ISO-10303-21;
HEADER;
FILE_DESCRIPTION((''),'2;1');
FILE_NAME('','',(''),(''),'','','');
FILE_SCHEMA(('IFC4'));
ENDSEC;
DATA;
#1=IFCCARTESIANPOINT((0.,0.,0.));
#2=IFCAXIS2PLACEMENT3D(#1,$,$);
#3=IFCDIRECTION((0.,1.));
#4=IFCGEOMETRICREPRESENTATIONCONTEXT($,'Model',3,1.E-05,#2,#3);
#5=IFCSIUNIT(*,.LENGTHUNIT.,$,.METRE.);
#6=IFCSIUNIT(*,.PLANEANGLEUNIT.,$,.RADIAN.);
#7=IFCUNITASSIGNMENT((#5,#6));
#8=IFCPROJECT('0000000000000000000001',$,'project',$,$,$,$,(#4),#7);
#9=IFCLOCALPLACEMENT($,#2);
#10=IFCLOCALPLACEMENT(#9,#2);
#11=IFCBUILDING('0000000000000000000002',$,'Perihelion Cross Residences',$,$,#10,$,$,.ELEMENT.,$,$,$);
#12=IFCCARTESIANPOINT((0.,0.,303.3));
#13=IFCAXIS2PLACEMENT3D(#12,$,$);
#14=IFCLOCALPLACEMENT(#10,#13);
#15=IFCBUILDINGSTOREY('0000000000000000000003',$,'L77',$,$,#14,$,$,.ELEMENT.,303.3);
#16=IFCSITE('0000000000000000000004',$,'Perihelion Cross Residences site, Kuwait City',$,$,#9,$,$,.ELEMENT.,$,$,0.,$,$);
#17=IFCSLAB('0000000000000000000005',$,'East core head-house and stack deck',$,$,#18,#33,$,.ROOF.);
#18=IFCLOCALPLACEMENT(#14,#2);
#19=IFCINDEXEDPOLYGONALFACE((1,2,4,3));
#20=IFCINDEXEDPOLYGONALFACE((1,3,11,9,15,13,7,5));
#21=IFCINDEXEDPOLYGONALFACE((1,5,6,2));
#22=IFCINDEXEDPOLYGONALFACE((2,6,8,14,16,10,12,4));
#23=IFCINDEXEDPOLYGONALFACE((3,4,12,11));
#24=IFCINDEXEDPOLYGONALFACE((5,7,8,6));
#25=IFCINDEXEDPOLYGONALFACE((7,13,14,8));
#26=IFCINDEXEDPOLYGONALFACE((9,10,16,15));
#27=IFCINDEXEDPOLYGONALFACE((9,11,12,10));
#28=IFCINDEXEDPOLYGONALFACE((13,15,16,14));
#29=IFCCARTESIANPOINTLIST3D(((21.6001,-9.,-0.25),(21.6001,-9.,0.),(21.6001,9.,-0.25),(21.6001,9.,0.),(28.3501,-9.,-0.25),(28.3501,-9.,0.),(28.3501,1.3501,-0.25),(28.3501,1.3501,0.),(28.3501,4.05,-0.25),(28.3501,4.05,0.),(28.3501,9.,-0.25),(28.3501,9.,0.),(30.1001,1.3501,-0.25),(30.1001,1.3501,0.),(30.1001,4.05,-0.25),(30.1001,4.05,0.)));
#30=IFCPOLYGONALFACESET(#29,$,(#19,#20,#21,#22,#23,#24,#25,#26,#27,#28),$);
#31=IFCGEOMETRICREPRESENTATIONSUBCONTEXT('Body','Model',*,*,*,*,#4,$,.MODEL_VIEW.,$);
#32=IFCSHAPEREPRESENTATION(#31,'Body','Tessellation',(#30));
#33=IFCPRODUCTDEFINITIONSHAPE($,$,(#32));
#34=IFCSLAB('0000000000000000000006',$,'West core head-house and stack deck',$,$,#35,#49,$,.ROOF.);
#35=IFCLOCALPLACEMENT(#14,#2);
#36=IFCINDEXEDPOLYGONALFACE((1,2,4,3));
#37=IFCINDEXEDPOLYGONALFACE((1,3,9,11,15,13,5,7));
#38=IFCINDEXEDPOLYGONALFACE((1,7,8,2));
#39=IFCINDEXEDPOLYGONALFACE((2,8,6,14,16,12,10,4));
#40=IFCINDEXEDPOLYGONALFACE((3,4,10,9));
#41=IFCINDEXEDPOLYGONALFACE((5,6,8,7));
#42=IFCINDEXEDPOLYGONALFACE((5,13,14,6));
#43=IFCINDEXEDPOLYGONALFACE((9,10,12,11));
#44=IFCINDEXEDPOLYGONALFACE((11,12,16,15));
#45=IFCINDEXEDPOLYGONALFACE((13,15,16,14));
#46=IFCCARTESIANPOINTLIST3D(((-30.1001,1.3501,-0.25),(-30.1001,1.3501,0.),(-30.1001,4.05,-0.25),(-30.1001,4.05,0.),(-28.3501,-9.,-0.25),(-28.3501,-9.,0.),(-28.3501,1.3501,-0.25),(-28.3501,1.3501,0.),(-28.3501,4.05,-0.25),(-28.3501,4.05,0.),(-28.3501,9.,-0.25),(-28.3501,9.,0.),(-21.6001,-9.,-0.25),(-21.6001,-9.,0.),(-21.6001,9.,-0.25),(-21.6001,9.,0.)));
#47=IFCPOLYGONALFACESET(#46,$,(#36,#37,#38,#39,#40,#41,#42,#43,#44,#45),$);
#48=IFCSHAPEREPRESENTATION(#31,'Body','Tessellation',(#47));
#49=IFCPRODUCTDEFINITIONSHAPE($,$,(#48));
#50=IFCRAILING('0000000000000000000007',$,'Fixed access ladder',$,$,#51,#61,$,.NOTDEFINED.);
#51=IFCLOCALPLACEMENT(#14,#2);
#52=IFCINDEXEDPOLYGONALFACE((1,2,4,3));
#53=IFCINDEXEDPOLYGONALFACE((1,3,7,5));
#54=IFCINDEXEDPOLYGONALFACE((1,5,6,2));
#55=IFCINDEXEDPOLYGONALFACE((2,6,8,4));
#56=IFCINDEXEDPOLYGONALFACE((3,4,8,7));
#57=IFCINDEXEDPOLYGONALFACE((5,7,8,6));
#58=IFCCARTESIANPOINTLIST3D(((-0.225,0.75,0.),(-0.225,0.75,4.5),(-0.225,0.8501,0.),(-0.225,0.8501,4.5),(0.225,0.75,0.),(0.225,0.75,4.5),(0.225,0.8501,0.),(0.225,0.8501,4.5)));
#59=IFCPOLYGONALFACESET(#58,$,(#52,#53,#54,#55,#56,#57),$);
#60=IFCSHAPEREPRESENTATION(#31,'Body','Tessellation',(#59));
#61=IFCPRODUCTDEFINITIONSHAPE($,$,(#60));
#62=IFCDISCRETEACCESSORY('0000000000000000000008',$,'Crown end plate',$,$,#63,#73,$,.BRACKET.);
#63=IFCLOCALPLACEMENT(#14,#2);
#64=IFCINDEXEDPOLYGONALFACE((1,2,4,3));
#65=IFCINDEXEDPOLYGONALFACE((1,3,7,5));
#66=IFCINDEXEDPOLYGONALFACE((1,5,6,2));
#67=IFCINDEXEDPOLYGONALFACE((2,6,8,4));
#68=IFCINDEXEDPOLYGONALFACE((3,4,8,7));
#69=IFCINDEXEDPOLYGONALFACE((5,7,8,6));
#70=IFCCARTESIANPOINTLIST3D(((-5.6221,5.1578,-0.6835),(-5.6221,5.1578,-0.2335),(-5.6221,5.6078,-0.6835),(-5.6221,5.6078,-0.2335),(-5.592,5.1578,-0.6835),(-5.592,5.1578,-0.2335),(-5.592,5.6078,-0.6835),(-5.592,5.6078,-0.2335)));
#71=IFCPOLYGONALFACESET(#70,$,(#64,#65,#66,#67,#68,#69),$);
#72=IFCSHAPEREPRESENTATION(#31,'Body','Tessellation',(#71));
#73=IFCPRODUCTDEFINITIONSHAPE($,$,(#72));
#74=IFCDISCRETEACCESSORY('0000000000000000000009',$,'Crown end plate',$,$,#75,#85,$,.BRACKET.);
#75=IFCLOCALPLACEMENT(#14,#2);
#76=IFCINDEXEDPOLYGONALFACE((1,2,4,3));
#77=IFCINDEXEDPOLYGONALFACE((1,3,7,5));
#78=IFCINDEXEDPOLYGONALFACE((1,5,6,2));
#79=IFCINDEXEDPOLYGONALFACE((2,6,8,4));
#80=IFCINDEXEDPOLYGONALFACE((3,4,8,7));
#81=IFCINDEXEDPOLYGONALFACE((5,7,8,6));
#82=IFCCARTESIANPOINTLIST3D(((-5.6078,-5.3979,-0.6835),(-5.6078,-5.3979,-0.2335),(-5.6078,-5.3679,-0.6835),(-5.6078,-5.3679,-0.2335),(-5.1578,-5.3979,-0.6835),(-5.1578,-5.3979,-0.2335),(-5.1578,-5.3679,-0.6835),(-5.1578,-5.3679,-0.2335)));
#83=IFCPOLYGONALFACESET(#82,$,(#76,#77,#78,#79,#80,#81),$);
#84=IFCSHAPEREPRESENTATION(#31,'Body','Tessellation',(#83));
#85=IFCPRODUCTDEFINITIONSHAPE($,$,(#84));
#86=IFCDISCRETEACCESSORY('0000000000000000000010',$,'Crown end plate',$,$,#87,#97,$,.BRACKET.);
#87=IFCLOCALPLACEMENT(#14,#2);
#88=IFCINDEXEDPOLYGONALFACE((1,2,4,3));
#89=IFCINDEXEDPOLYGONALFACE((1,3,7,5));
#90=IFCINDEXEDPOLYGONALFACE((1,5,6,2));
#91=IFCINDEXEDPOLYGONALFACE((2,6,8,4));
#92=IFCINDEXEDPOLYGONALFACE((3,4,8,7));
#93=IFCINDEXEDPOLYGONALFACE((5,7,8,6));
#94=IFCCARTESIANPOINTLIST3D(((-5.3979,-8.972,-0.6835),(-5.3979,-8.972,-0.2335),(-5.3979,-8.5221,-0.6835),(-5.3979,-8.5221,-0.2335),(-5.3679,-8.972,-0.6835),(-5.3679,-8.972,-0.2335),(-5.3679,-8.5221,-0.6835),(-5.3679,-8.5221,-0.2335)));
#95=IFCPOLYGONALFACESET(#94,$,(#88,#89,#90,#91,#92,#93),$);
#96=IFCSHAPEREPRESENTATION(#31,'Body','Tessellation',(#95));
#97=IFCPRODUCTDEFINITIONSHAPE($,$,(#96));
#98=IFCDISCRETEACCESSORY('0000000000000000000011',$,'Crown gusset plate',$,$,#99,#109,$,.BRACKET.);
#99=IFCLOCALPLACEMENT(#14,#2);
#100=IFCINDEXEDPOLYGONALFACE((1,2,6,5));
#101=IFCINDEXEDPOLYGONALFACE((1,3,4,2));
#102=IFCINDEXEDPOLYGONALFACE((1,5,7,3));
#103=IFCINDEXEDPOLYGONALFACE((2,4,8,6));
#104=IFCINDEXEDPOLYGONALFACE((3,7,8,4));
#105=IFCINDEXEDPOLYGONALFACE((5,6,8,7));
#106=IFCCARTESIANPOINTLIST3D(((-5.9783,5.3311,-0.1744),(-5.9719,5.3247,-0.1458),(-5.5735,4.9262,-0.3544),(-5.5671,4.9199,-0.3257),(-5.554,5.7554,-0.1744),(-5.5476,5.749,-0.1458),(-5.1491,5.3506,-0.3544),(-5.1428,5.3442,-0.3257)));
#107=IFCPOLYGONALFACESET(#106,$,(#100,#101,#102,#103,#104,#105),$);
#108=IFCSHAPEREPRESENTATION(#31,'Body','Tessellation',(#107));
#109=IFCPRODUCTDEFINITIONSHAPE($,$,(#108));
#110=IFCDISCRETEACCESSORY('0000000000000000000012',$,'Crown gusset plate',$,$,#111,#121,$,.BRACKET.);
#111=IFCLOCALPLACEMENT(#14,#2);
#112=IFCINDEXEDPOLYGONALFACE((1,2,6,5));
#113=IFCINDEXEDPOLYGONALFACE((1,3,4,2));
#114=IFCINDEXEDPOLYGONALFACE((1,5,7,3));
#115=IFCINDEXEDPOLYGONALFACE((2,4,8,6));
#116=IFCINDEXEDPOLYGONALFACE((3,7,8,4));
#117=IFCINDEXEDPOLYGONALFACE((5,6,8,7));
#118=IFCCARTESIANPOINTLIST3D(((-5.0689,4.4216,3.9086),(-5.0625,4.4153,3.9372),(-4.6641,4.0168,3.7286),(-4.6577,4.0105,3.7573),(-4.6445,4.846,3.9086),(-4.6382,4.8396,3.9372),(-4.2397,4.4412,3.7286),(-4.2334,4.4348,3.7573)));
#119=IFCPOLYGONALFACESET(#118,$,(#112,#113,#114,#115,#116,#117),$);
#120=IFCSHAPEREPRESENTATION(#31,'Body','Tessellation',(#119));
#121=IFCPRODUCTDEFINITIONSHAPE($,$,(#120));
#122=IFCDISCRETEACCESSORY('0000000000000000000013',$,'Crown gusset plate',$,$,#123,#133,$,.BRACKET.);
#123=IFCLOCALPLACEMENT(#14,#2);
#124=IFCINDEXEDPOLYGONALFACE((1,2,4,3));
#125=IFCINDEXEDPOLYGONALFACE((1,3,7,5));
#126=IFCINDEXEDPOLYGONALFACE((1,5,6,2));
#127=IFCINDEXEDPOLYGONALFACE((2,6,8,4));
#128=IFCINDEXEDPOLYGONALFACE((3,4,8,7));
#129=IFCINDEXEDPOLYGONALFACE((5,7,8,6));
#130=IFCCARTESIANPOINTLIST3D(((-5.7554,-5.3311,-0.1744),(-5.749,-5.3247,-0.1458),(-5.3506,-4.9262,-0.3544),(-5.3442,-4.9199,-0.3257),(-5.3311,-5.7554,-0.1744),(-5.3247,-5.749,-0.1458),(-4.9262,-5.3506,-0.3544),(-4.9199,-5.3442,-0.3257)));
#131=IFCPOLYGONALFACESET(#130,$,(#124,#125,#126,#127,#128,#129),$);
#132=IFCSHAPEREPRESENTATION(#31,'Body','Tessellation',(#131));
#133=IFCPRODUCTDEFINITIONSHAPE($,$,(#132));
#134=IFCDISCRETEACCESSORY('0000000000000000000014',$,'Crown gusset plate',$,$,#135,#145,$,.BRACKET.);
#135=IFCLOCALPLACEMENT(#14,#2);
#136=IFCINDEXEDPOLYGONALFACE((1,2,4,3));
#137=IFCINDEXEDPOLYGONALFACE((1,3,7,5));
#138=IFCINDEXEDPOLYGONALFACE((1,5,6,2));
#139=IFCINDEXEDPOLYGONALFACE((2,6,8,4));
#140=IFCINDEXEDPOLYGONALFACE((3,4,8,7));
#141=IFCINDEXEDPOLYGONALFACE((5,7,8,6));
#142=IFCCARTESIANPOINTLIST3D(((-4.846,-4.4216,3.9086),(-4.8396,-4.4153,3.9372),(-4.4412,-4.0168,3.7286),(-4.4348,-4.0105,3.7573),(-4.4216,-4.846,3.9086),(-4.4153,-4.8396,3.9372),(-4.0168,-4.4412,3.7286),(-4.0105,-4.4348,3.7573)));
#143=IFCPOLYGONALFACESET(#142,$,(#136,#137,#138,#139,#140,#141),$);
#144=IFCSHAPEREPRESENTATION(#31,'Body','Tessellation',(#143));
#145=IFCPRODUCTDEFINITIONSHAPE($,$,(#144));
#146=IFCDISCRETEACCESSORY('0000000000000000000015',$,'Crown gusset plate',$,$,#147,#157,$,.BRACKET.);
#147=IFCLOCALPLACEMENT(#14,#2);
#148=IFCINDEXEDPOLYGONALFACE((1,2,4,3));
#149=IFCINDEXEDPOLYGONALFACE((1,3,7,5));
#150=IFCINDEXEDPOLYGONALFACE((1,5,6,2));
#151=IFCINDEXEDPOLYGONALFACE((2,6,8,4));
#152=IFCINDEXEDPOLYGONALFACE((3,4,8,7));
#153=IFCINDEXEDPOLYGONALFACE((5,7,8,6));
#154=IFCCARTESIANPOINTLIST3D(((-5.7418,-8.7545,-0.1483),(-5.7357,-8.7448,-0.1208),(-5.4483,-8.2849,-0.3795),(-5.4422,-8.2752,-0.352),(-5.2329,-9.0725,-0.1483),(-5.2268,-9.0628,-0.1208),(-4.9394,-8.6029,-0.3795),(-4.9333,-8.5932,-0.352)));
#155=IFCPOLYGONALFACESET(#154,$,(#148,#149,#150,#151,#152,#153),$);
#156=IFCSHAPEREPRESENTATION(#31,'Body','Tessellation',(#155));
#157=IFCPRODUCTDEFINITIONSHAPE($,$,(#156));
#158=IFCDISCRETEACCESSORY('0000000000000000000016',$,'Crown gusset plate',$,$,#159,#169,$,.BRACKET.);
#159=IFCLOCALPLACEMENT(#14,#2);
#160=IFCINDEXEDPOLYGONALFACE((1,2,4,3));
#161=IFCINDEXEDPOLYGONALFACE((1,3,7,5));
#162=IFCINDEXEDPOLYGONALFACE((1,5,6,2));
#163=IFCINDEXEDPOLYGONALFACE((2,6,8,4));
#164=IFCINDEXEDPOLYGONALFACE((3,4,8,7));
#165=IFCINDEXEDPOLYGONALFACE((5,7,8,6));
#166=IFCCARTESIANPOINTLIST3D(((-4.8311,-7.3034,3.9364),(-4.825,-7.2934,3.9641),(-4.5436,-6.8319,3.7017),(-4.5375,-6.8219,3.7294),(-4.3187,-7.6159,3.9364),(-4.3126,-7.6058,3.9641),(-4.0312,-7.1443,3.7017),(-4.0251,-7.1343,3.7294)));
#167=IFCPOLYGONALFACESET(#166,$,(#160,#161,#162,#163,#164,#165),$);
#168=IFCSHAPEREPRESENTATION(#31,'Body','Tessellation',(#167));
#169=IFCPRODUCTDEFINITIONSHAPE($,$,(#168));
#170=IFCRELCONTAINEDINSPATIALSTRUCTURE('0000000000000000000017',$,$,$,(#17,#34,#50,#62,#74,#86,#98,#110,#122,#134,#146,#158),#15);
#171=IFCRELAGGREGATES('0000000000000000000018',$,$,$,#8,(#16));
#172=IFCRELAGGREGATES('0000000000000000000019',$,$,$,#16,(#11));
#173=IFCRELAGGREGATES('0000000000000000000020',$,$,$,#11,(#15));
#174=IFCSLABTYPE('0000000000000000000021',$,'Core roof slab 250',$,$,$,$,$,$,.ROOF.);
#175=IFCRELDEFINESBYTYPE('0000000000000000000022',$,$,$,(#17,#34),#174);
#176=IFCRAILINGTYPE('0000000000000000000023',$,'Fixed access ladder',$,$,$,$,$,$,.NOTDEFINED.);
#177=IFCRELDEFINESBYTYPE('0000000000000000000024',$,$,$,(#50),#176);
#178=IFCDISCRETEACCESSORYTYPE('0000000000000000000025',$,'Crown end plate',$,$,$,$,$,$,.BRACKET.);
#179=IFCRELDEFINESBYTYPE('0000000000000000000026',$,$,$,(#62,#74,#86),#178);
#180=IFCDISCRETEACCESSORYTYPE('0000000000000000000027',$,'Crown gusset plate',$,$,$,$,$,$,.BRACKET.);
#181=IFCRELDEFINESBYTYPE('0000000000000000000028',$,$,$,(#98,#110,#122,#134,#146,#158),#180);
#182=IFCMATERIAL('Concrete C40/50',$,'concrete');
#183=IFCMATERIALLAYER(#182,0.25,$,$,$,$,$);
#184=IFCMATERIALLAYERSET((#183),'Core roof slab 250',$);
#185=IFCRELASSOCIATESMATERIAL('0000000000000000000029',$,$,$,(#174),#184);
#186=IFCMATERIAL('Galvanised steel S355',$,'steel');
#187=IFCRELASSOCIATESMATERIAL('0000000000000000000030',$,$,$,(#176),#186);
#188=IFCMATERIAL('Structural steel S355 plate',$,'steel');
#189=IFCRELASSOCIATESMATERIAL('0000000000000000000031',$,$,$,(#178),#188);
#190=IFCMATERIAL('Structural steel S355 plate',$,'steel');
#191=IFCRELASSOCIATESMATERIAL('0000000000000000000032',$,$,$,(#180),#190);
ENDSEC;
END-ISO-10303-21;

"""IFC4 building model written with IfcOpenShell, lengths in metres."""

from ifc_helpers import new_model, si_unit, direction, frame, origin, origin_2d, place, context, subcontext, project, spatial, polyline, rectangle, outline, extrude, material, layer, layer_set, material_profile, profile_set, type_object, element, save


model = new_model("IFC4")

# Units and contexts
model_context = context("Model", 3, precision=1e-05, world=origin(), true_north=direction((0.0, 1.0)))
body_context = subcontext(model_context, "Body", "Model", "MODEL_VIEW")
ifc_project = project(units=[si_unit("LENGTHUNIT", "METRE"), si_unit("PLANEANGLEUNIT", "RADIAN")], contexts=[model_context])

# Site, building, storey
site_placement = place(None, origin())
site = spatial("IfcSite", under=ifc_project, at=site_placement, Name="Perihelion Cross Residences site, Kuwait City", CompositionType="ELEMENT", RefElevation=0.0)
building_placement = place(site_placement, origin())
building = spatial("IfcBuilding", under=site, at=building_placement, Name="Perihelion Cross Residences", CompositionType="ELEMENT")
storey_placement = place(building_placement, frame((0.0, 0.0, 303.3)))
storey = spatial("IfcBuildingStorey", under=building, at=storey_placement, Name="L77", CompositionType="ELEMENT", Elevation=303.3)

# Slabs
ifc_material_1 = material(Name="Concrete C40/50", Category="concrete")
ifc_layer_1 = layer(ifc_material_1, 0.25)
ifc_layer_set_1 = layer_set([ifc_layer_1], Name="Core roof slab 250")
slab_type = type_object("IfcSlabType", Name="Core roof slab 250", PredefinedType="ROOF", material=ifc_layer_set_1)
slab_1_placement = place(storey_placement, frame((0.0, 0.0, -0.25)))
element("IfcSlab", 1, at=slab_1_placement, inside=storey, type_object=slab_type, Name="East core head-house and stack deck", PredefinedType="ROOF", context=body_context, shape_type="SweptSolid", body=[
    extrude(outline(polyline([(28.3501, -9.0), (21.6001, -9.0), (21.6001, 9.0), (28.3501, 9.0), (28.3501, 4.05), (30.1001, 4.05), (30.1001, 1.3501), (28.3501, 1.3501), (28.3501, -9.0)])), origin(), (0.0, 0.0, 1.0), 0.25),
])
slab_2_placement = place(storey_placement, frame((0.0, 0.0, -0.25)))
element("IfcSlab", 2, at=slab_2_placement, inside=storey, type_object=slab_type, Name="West core head-house and stack deck", PredefinedType="ROOF", context=body_context, shape_type="SweptSolid", body=[
    extrude(outline(polyline([(-28.3501, -9.0), (-21.6001, -9.0), (-21.6001, 9.0), (-28.3501, 9.0), (-28.3501, 4.05), (-30.1001, 4.05), (-30.1001, 1.3501), (-28.3501, 1.3501), (-28.3501, -9.0)])), origin(), (0.0, 0.0, 1.0), 0.25),
])

# Railing
ifc_material_2 = material(Name="Galvanised steel S355", Category="steel")
railing_type = type_object("IfcRailingType", Name="Fixed access ladder", PredefinedType="NOTDEFINED", material=ifc_material_2)
railing_placement = place(storey_placement, frame((0.0, 0.8, 0.0), z_axis=(0.0, 0.0, 1.0), x_axis=(1.0, 0.0, 0.0)))
element("IfcRailing", 3, at=railing_placement, inside=storey, type_object=railing_type, Name="Fixed access ladder", PredefinedType="NOTDEFINED", context=body_context, shape_type="SweptSolid", body=[
    extrude(rectangle(XDim=0.45, YDim=0.1001, at=origin_2d()), origin(), (0.0, 0.0, 1.0), 4.5),
])

# Discrete accessories
ifc_material_3 = material(Name="Structural steel S355 plate", Category="steel")
ifc_material_profile_1 = material_profile(ifc_material_3, rectangle(XDim=0.45, YDim=0.45, at=origin_2d()), Name="Crown end plate")
ifc_profile_set_1 = profile_set([ifc_material_profile_1], Name="Structural steel S355 plate")
discrete_accessory_type_1 = type_object("IfcDiscreteAccessoryType", Name="Crown end plate", PredefinedType="BRACKET", material=ifc_profile_set_1)
for number, where, z_axis, x_axis, name in (
    (4, (-5.592, 5.3828, -0.4585), (-1.0, 0.0, 0.0), (0.0, -1.0, 0.0), "Crown end plate"),
    (5, (-5.3828, -5.3679, -0.4585), (0.0, -1.0, 0.0), (1.0, 0.0, 0.0), "Crown end plate"),
    (6, (-5.3979, -8.7471, -0.4585), (1.0, 0.0, 0.0), (0.0, 1.0, 0.0), "Crown end plate"),
):
    element("IfcDiscreteAccessory", number, at=place(storey_placement, frame(where, z_axis=z_axis, x_axis=x_axis)), inside=storey, type_object=discrete_accessory_type_1, Name=name, PredefinedType="BRACKET", context=body_context, shape_type="SweptSolid", body=[
        extrude(rectangle(XDim=0.45, YDim=0.45, at=origin_2d()), origin(), (0.0, 0.0, 1.0), 0.03),
    ])
ifc_material_4 = material(Name="Structural steel S355 plate", Category="steel")
ifc_material_profile_2 = material_profile(ifc_material_4, rectangle(XDim=0.6001, YDim=0.6001, at=origin_2d()), Name="Crown gusset plate")
ifc_profile_set_2 = profile_set([ifc_material_profile_2], Name="Structural steel S355 plate")
discrete_accessory_type_2 = type_object("IfcDiscreteAccessoryType", Name="Crown gusset plate", PredefinedType="BRACKET", material=ifc_profile_set_2)
for number, where, z_axis, x_axis, name in (
    (7, (-5.5637, 5.3408, -0.2644), (0.212, -0.212, 0.953998), (0.707107, 0.707107, 0.0), "Crown gusset plate"),
    (8, (-4.6543, 4.4314, 3.8186), (0.212, -0.212, 0.953998), (0.707107, 0.707107, 0.0), "Crown gusset plate"),
    (9, (-5.3408, -5.3408, -0.2644), (0.212, 0.212, 0.953998), (-0.707107, 0.707107, 0.0), "Crown gusset plate"),
    (10, (-4.4314, -4.4314, 3.8186), (0.212, 0.212, 0.953998), (-0.707107, 0.707107, 0.0), "Crown gusset plate"),
):
    element("IfcDiscreteAccessory", number, at=place(storey_placement, frame(where, z_axis=z_axis, x_axis=x_axis)), inside=storey, type_object=discrete_accessory_type_2, Name=name, PredefinedType="BRACKET", context=body_context, shape_type="SweptSolid", body=[
        extrude(rectangle(XDim=0.6001, YDim=0.6001, at=origin_2d()), origin(), (0.0, 0.0, 1.0), 0.03),
    ])
discrete_accessory_1_placement = place(storey_placement, frame((-5.3406, -8.6787, -0.2639), z_axis=(0.204165, 0.326664, 0.922826), x_axis=(-0.847998, 0.529999, 0.0)))
element("IfcDiscreteAccessory", 11, at=discrete_accessory_1_placement, inside=storey, type_object=discrete_accessory_type_2, Name="Crown gusset plate", PredefinedType="BRACKET", context=body_context, shape_type="SweptSolid", body=[
    extrude(rectangle(XDim=0.6001, YDim=0.6001, at=origin_2d()), origin(), (0.0, 0.0, 1.0), 0.0298),
])
discrete_accessory_2_placement = place(storey_placement, frame((-4.4312, -7.2239, 3.8191), z_axis=(0.203616, 0.33393, 0.920343), x_axis=(-0.853796, 0.520607, 0.0)))
element("IfcDiscreteAccessory", 12, at=discrete_accessory_2_placement, inside=storey, type_object=discrete_accessory_type_2, Name="Crown gusset plate", PredefinedType="BRACKET", context=body_context, shape_type="SweptSolid", body=[
    extrude(rectangle(XDim=0.6001, YDim=0.6001, at=origin_2d()), origin(), (0.0, 0.0, 1.0), 0.03),
])

save(model, "model.ifc")
